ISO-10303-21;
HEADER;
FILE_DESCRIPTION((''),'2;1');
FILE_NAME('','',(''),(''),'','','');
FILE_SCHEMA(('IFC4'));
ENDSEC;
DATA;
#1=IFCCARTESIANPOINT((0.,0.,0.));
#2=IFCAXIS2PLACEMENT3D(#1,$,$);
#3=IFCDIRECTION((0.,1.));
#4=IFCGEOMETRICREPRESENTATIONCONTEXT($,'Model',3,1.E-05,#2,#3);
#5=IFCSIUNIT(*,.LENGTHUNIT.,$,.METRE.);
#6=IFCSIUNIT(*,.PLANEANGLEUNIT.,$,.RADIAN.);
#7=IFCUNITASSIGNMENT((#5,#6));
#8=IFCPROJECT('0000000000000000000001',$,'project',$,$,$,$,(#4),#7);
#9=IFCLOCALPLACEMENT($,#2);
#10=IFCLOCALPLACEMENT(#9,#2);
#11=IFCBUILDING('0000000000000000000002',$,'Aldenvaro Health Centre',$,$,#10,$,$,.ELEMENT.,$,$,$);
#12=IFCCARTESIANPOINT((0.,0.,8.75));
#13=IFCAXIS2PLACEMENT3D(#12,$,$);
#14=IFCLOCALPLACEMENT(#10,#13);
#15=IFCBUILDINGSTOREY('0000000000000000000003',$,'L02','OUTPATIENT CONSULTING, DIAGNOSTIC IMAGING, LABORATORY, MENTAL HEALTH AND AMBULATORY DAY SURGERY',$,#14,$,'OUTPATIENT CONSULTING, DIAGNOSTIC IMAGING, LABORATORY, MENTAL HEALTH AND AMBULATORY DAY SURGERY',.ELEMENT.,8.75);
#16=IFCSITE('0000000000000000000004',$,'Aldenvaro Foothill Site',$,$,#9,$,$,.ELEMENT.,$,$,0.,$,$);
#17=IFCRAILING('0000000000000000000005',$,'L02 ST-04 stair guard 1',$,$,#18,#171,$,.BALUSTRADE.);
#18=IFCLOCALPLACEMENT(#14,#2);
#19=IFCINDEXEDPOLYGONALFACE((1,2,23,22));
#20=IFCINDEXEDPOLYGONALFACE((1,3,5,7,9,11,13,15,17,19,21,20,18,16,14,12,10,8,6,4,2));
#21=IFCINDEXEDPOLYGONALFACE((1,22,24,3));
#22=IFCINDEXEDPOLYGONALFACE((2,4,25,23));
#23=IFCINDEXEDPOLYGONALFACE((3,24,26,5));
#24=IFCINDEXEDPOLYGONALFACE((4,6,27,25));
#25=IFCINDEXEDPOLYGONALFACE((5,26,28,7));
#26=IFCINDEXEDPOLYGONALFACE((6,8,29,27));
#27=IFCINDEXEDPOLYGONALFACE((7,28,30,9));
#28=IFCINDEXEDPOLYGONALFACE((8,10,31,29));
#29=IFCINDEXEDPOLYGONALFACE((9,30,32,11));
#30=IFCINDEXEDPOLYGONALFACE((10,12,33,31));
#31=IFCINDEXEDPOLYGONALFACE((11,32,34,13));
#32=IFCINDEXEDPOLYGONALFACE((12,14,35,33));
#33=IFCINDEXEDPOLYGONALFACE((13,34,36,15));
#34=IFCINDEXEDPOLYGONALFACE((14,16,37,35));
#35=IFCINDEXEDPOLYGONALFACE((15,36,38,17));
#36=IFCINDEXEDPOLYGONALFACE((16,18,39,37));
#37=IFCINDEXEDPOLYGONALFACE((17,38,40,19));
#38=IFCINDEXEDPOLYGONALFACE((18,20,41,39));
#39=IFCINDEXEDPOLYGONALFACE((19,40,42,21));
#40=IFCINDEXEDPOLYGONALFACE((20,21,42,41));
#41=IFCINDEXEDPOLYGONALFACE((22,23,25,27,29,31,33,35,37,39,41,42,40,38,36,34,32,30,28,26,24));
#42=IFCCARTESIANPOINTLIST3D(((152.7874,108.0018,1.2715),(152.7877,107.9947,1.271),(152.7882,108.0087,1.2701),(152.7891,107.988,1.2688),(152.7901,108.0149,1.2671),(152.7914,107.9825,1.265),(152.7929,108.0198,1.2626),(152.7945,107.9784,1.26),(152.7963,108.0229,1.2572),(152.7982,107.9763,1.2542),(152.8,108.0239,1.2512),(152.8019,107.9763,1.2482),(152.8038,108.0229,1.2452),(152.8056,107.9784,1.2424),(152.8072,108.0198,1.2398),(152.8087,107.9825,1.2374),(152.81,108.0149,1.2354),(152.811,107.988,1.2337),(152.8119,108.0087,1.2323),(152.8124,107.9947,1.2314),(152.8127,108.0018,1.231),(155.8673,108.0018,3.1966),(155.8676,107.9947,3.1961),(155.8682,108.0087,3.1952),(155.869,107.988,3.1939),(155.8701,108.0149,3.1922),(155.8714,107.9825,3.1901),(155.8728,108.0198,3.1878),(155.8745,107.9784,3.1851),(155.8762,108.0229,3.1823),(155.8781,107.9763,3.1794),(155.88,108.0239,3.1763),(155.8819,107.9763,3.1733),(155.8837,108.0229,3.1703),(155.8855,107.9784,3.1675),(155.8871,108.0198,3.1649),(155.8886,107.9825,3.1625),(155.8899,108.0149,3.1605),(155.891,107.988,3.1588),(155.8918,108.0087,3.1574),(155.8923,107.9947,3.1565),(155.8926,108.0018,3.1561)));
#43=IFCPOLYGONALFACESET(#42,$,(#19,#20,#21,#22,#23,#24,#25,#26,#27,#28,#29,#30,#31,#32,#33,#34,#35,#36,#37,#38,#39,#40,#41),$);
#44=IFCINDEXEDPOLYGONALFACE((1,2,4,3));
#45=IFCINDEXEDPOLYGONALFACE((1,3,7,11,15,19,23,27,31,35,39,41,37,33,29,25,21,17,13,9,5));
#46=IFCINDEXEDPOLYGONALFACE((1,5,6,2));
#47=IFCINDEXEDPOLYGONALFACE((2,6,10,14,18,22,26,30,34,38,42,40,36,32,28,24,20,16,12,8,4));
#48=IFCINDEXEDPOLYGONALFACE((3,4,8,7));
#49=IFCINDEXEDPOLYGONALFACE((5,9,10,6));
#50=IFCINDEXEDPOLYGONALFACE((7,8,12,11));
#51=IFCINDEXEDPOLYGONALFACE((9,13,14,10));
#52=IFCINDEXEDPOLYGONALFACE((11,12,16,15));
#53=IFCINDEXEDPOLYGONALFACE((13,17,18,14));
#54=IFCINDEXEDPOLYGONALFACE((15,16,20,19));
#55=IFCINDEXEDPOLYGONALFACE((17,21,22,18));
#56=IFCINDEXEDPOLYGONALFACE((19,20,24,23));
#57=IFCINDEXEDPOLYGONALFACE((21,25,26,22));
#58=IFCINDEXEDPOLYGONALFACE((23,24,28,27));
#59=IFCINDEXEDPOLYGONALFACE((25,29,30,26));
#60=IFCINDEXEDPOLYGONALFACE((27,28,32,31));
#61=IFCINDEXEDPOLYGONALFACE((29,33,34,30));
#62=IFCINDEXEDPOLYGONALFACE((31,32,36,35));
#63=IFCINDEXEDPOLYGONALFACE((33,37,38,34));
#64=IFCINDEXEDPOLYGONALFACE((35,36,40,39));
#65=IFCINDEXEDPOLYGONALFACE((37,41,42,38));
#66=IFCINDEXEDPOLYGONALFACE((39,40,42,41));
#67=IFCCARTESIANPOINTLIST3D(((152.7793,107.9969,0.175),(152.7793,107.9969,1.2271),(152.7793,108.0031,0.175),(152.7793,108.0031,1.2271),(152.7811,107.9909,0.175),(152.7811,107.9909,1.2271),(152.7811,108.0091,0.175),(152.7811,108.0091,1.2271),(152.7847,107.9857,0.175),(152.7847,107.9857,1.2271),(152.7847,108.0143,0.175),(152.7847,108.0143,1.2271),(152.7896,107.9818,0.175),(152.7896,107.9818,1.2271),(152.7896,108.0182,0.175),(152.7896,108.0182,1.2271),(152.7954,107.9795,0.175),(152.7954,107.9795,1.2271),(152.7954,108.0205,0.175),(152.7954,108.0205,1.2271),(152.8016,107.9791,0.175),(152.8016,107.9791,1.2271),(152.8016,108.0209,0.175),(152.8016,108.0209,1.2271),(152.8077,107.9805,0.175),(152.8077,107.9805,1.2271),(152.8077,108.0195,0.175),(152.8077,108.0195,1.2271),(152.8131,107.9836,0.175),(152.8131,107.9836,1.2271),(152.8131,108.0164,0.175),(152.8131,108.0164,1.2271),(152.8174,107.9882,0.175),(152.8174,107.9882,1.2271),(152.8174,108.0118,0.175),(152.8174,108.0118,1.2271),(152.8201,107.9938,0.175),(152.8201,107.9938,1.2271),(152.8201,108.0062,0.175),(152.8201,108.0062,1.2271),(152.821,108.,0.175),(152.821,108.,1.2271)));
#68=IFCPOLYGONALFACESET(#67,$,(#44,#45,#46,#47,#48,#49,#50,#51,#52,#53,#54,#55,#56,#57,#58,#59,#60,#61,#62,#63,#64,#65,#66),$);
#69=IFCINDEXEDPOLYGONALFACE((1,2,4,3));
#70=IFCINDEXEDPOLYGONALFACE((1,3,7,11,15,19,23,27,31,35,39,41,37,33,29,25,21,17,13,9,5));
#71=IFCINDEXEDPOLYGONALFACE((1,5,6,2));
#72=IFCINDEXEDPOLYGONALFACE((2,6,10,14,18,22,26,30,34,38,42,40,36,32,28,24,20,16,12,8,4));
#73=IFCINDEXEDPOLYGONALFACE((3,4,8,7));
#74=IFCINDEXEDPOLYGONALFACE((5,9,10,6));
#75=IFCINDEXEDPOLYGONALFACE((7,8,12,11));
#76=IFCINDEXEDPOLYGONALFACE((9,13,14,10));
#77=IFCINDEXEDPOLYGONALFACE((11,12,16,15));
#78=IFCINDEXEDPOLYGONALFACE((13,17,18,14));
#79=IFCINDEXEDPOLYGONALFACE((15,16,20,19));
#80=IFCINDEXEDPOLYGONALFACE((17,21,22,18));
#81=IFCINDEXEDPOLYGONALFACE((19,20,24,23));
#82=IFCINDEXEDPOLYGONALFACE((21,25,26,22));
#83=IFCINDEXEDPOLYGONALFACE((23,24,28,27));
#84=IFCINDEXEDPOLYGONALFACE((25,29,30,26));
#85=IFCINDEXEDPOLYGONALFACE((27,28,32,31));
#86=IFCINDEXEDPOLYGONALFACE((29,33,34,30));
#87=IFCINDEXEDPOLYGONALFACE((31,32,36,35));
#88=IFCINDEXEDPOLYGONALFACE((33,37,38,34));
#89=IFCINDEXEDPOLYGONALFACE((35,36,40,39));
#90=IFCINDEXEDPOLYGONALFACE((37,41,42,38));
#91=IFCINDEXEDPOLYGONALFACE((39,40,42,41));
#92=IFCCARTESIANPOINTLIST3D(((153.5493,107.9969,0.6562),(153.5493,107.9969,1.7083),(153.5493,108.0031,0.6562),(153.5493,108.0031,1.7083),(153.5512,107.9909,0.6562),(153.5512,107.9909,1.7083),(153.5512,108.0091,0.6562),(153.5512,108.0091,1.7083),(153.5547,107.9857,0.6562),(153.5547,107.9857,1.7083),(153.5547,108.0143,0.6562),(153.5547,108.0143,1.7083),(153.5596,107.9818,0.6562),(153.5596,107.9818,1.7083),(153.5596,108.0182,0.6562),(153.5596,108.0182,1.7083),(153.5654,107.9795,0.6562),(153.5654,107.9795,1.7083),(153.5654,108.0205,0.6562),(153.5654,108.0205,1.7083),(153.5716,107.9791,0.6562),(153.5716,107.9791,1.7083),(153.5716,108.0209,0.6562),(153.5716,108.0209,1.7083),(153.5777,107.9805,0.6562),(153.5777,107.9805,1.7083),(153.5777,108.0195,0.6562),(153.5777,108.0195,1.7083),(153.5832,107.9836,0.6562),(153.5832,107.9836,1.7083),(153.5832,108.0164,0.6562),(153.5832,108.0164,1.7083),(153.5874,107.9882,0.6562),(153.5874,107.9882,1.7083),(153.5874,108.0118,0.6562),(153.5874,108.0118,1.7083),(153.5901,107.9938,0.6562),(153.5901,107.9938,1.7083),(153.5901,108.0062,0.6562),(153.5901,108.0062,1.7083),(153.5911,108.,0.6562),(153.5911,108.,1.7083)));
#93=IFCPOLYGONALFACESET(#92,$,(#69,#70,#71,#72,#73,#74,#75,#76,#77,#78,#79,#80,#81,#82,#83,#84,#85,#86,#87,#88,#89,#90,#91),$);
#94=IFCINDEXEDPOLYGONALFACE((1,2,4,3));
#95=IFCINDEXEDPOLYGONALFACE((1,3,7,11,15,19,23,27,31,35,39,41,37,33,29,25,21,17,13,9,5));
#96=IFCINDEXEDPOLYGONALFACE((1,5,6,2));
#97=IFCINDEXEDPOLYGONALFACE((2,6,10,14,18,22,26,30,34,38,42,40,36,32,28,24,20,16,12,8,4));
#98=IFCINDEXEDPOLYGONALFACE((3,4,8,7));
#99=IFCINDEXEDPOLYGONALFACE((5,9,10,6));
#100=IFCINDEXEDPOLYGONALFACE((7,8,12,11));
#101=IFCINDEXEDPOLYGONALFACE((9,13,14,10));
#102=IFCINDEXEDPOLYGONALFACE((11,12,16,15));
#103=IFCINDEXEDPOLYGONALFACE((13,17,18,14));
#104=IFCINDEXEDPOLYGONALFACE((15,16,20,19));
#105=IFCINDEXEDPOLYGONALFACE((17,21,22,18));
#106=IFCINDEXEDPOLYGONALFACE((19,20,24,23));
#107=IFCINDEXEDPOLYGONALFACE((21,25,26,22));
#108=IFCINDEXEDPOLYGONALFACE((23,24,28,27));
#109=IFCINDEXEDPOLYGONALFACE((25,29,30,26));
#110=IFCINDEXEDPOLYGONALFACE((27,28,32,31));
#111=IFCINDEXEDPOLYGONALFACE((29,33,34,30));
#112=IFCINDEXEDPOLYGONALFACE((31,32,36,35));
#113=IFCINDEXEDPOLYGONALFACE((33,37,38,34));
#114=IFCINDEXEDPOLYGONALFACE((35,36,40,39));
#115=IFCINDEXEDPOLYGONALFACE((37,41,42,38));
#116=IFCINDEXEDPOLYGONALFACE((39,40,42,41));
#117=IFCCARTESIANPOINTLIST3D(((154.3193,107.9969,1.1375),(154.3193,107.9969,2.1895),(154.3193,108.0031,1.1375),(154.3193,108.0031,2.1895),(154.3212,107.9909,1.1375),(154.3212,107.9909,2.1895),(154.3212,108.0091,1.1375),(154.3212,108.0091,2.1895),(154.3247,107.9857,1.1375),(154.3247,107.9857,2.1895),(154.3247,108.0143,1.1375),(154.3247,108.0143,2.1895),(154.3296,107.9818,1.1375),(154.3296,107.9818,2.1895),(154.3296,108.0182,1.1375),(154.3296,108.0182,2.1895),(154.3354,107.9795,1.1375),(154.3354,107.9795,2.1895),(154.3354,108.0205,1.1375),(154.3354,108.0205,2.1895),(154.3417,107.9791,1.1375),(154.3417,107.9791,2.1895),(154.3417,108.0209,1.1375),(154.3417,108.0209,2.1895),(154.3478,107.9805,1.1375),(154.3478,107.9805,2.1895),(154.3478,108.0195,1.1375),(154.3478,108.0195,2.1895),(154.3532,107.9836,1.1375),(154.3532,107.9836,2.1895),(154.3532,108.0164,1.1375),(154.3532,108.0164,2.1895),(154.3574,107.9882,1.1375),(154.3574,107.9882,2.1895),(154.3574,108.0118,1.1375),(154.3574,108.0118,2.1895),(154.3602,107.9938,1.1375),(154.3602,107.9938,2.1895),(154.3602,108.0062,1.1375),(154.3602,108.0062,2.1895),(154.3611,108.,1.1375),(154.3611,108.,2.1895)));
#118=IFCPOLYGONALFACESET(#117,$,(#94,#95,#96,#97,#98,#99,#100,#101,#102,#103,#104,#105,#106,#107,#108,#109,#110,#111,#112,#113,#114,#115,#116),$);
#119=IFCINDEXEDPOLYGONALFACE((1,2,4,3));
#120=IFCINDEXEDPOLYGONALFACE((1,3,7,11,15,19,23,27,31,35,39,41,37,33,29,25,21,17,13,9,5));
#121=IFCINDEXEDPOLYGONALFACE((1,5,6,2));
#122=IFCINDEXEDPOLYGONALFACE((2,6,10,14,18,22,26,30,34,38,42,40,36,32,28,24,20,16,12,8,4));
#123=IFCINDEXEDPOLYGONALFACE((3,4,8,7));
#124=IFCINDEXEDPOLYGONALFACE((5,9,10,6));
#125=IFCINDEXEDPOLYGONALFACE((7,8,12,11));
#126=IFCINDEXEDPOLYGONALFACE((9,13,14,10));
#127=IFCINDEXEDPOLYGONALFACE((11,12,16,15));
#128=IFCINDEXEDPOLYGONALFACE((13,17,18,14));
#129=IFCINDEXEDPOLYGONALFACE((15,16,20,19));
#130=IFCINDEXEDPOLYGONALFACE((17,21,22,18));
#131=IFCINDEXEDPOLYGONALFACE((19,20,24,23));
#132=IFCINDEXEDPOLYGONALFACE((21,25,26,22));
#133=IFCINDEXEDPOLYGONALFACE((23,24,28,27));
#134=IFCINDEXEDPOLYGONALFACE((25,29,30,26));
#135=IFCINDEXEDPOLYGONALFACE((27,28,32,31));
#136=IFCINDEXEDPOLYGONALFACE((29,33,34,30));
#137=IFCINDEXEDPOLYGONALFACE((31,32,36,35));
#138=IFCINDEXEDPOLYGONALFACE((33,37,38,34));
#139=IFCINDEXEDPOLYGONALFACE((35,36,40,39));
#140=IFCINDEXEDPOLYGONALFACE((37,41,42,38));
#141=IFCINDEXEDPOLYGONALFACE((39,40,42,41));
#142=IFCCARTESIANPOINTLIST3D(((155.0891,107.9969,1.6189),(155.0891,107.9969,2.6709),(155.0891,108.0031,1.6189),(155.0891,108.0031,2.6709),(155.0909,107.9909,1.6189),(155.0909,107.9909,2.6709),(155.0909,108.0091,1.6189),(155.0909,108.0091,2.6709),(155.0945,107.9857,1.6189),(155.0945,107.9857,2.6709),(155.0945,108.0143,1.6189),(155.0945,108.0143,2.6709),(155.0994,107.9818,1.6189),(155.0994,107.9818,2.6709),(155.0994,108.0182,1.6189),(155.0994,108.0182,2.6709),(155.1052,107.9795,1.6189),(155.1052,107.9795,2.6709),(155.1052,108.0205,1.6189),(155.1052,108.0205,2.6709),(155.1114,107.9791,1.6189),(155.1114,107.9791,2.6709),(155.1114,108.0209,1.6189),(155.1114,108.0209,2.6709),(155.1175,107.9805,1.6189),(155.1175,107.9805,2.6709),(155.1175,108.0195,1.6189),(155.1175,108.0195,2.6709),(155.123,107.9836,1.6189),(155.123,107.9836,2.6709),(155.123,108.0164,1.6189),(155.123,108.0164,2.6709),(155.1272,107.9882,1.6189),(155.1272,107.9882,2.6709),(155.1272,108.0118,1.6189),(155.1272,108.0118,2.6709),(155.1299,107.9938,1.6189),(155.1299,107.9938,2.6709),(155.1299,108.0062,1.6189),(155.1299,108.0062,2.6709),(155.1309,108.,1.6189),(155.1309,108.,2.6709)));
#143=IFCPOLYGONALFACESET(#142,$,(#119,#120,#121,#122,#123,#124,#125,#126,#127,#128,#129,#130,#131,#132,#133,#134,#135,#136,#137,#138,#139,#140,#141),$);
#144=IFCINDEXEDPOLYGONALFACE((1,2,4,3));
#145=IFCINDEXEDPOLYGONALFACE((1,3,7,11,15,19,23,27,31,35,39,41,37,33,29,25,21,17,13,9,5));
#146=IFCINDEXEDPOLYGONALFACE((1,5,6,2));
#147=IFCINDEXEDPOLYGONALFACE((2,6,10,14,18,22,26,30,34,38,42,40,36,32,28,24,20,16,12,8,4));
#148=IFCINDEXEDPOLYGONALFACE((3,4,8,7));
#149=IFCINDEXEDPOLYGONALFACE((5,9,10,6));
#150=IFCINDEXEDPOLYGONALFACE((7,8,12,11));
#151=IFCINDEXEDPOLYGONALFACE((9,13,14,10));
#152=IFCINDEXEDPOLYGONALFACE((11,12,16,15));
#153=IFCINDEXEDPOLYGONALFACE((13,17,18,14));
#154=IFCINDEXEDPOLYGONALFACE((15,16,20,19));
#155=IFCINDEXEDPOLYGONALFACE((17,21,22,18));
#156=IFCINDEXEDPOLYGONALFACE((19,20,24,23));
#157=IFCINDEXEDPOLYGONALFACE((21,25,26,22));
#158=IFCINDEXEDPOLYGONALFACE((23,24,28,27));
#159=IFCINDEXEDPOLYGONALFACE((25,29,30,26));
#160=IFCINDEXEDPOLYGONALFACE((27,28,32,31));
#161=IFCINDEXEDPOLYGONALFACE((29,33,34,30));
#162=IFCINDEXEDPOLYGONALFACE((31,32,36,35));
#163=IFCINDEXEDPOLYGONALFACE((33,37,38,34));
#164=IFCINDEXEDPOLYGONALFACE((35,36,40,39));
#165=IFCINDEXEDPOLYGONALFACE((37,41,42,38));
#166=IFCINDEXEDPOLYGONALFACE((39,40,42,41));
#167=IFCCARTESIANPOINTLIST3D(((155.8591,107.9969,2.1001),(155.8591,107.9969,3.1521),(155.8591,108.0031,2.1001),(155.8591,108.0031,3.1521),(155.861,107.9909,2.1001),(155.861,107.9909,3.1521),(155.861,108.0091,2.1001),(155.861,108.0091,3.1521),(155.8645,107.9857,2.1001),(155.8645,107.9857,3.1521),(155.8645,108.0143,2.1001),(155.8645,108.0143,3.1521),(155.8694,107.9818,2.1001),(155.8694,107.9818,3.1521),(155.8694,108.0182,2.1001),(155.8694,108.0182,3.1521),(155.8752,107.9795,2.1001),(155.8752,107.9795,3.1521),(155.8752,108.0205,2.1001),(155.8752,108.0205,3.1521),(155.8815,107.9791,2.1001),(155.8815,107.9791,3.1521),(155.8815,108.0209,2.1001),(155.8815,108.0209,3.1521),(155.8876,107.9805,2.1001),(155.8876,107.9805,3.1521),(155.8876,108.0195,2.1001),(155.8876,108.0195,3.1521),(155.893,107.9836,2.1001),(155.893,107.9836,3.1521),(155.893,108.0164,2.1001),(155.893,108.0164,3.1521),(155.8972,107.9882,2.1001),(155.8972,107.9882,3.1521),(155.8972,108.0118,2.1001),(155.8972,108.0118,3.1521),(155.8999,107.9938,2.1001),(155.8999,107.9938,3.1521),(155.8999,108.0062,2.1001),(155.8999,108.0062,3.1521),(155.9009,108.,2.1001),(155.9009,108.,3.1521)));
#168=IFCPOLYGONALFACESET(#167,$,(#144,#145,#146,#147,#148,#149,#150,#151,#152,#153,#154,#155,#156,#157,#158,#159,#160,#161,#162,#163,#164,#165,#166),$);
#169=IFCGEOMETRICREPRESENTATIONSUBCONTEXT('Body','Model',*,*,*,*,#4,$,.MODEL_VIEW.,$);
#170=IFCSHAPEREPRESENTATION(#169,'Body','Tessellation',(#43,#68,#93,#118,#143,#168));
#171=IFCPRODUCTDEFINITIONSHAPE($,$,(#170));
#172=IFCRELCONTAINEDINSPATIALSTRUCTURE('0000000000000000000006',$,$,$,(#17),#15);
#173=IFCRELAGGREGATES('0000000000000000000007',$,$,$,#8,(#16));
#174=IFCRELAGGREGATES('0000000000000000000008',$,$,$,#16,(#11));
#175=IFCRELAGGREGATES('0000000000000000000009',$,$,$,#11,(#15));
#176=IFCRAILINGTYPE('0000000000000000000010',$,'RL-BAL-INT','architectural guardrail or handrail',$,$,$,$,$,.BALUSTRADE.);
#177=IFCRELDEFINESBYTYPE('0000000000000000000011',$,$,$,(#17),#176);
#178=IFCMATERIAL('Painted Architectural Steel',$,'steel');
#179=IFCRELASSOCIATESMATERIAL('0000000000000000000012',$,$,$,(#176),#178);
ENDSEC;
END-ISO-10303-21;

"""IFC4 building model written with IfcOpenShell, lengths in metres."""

from ifc_helpers import new_model, si_unit, direction, frame, origin, origin_2d, place, context, subcontext, project, spatial, circle, extrude, material, type_object, element, save


model = new_model("IFC4")

# Units and contexts
model_context = context("Model", 3, precision=1e-05, world=origin(), true_north=direction((0.0, 1.0)))
body_context = subcontext(model_context, "Body", "Model", "MODEL_VIEW")
ifc_project = project(units=[si_unit("LENGTHUNIT", "METRE"), si_unit("PLANEANGLEUNIT", "RADIAN")], contexts=[model_context])

# Site, building, storey
site_placement = place(None, origin())
site = spatial("IfcSite", under=ifc_project, at=site_placement, Name="Aldenvaro Foothill Site", CompositionType="ELEMENT", RefElevation=0.0)
building_placement = place(site_placement, origin())
building = spatial("IfcBuilding", under=site, at=building_placement, Name="Aldenvaro Health Centre", CompositionType="ELEMENT")
storey_placement = place(building_placement, frame((0.0, 0.0, 8.75)))
storey = spatial("IfcBuildingStorey", under=building, at=storey_placement, Name="L02", Description="OUTPATIENT CONSULTING, DIAGNOSTIC IMAGING, LABORATORY, MENTAL HEALTH AND AMBULATORY DAY SURGERY", LongName="OUTPATIENT CONSULTING, DIAGNOSTIC IMAGING, LABORATORY, MENTAL HEALTH AND AMBULATORY DAY SURGERY", CompositionType="ELEMENT", Elevation=8.75)

# Railing
ifc_material_1 = material(Name="Painted Architectural Steel", Category="steel")
railing_type_1 = type_object("IfcRailingType", Name="RL-BAL-INT", Description="architectural guardrail or handrail", PredefinedType="BALUSTRADE", material=ifc_material_1)
railing_1_placement = place(storey_placement, frame((152.8, 108.0, 0.175)))
element("IfcRailing", 1, at=railing_1_placement, inside=storey, type_object=railing_type_1, Name="L02 ST-04 stair guard 1", PredefinedType="BALUSTRADE", context=body_context, shape_type="SweptSolid", body=[
    extrude(circle(Radius=0.0239, at=origin_2d()), frame((0.0, 0.0, 1.0762), z_axis=(0.847979, 0.0, 0.530029), x_axis=(0.0, 1.0, 0.0)), (0.0, 0.0, 1.0), 3.6321),
    extrude(circle(Radius=0.021, at=origin_2d()), origin(), (0.0, 0.0, 1.0), 1.052),
    extrude(circle(Radius=0.021, at=origin_2d()), frame((0.77, 0.0, 0.4812)), (0.0, 0.0, 1.0), 1.052),
    extrude(circle(Radius=0.021, at=origin_2d()), frame((1.54, 0.0, 0.9624)), (0.0, 0.0, 1.0), 1.052),
    extrude(circle(Radius=0.021, at=origin_2d()), frame((2.3098, 0.0, 1.4438)), (0.0, 0.0, 1.0), 1.052),
    extrude(circle(Radius=0.021, at=origin_2d()), frame((3.0798, 0.0, 1.925)), (0.0, 0.0, 1.0), 1.052),
])

save(model, "model.ifc")
